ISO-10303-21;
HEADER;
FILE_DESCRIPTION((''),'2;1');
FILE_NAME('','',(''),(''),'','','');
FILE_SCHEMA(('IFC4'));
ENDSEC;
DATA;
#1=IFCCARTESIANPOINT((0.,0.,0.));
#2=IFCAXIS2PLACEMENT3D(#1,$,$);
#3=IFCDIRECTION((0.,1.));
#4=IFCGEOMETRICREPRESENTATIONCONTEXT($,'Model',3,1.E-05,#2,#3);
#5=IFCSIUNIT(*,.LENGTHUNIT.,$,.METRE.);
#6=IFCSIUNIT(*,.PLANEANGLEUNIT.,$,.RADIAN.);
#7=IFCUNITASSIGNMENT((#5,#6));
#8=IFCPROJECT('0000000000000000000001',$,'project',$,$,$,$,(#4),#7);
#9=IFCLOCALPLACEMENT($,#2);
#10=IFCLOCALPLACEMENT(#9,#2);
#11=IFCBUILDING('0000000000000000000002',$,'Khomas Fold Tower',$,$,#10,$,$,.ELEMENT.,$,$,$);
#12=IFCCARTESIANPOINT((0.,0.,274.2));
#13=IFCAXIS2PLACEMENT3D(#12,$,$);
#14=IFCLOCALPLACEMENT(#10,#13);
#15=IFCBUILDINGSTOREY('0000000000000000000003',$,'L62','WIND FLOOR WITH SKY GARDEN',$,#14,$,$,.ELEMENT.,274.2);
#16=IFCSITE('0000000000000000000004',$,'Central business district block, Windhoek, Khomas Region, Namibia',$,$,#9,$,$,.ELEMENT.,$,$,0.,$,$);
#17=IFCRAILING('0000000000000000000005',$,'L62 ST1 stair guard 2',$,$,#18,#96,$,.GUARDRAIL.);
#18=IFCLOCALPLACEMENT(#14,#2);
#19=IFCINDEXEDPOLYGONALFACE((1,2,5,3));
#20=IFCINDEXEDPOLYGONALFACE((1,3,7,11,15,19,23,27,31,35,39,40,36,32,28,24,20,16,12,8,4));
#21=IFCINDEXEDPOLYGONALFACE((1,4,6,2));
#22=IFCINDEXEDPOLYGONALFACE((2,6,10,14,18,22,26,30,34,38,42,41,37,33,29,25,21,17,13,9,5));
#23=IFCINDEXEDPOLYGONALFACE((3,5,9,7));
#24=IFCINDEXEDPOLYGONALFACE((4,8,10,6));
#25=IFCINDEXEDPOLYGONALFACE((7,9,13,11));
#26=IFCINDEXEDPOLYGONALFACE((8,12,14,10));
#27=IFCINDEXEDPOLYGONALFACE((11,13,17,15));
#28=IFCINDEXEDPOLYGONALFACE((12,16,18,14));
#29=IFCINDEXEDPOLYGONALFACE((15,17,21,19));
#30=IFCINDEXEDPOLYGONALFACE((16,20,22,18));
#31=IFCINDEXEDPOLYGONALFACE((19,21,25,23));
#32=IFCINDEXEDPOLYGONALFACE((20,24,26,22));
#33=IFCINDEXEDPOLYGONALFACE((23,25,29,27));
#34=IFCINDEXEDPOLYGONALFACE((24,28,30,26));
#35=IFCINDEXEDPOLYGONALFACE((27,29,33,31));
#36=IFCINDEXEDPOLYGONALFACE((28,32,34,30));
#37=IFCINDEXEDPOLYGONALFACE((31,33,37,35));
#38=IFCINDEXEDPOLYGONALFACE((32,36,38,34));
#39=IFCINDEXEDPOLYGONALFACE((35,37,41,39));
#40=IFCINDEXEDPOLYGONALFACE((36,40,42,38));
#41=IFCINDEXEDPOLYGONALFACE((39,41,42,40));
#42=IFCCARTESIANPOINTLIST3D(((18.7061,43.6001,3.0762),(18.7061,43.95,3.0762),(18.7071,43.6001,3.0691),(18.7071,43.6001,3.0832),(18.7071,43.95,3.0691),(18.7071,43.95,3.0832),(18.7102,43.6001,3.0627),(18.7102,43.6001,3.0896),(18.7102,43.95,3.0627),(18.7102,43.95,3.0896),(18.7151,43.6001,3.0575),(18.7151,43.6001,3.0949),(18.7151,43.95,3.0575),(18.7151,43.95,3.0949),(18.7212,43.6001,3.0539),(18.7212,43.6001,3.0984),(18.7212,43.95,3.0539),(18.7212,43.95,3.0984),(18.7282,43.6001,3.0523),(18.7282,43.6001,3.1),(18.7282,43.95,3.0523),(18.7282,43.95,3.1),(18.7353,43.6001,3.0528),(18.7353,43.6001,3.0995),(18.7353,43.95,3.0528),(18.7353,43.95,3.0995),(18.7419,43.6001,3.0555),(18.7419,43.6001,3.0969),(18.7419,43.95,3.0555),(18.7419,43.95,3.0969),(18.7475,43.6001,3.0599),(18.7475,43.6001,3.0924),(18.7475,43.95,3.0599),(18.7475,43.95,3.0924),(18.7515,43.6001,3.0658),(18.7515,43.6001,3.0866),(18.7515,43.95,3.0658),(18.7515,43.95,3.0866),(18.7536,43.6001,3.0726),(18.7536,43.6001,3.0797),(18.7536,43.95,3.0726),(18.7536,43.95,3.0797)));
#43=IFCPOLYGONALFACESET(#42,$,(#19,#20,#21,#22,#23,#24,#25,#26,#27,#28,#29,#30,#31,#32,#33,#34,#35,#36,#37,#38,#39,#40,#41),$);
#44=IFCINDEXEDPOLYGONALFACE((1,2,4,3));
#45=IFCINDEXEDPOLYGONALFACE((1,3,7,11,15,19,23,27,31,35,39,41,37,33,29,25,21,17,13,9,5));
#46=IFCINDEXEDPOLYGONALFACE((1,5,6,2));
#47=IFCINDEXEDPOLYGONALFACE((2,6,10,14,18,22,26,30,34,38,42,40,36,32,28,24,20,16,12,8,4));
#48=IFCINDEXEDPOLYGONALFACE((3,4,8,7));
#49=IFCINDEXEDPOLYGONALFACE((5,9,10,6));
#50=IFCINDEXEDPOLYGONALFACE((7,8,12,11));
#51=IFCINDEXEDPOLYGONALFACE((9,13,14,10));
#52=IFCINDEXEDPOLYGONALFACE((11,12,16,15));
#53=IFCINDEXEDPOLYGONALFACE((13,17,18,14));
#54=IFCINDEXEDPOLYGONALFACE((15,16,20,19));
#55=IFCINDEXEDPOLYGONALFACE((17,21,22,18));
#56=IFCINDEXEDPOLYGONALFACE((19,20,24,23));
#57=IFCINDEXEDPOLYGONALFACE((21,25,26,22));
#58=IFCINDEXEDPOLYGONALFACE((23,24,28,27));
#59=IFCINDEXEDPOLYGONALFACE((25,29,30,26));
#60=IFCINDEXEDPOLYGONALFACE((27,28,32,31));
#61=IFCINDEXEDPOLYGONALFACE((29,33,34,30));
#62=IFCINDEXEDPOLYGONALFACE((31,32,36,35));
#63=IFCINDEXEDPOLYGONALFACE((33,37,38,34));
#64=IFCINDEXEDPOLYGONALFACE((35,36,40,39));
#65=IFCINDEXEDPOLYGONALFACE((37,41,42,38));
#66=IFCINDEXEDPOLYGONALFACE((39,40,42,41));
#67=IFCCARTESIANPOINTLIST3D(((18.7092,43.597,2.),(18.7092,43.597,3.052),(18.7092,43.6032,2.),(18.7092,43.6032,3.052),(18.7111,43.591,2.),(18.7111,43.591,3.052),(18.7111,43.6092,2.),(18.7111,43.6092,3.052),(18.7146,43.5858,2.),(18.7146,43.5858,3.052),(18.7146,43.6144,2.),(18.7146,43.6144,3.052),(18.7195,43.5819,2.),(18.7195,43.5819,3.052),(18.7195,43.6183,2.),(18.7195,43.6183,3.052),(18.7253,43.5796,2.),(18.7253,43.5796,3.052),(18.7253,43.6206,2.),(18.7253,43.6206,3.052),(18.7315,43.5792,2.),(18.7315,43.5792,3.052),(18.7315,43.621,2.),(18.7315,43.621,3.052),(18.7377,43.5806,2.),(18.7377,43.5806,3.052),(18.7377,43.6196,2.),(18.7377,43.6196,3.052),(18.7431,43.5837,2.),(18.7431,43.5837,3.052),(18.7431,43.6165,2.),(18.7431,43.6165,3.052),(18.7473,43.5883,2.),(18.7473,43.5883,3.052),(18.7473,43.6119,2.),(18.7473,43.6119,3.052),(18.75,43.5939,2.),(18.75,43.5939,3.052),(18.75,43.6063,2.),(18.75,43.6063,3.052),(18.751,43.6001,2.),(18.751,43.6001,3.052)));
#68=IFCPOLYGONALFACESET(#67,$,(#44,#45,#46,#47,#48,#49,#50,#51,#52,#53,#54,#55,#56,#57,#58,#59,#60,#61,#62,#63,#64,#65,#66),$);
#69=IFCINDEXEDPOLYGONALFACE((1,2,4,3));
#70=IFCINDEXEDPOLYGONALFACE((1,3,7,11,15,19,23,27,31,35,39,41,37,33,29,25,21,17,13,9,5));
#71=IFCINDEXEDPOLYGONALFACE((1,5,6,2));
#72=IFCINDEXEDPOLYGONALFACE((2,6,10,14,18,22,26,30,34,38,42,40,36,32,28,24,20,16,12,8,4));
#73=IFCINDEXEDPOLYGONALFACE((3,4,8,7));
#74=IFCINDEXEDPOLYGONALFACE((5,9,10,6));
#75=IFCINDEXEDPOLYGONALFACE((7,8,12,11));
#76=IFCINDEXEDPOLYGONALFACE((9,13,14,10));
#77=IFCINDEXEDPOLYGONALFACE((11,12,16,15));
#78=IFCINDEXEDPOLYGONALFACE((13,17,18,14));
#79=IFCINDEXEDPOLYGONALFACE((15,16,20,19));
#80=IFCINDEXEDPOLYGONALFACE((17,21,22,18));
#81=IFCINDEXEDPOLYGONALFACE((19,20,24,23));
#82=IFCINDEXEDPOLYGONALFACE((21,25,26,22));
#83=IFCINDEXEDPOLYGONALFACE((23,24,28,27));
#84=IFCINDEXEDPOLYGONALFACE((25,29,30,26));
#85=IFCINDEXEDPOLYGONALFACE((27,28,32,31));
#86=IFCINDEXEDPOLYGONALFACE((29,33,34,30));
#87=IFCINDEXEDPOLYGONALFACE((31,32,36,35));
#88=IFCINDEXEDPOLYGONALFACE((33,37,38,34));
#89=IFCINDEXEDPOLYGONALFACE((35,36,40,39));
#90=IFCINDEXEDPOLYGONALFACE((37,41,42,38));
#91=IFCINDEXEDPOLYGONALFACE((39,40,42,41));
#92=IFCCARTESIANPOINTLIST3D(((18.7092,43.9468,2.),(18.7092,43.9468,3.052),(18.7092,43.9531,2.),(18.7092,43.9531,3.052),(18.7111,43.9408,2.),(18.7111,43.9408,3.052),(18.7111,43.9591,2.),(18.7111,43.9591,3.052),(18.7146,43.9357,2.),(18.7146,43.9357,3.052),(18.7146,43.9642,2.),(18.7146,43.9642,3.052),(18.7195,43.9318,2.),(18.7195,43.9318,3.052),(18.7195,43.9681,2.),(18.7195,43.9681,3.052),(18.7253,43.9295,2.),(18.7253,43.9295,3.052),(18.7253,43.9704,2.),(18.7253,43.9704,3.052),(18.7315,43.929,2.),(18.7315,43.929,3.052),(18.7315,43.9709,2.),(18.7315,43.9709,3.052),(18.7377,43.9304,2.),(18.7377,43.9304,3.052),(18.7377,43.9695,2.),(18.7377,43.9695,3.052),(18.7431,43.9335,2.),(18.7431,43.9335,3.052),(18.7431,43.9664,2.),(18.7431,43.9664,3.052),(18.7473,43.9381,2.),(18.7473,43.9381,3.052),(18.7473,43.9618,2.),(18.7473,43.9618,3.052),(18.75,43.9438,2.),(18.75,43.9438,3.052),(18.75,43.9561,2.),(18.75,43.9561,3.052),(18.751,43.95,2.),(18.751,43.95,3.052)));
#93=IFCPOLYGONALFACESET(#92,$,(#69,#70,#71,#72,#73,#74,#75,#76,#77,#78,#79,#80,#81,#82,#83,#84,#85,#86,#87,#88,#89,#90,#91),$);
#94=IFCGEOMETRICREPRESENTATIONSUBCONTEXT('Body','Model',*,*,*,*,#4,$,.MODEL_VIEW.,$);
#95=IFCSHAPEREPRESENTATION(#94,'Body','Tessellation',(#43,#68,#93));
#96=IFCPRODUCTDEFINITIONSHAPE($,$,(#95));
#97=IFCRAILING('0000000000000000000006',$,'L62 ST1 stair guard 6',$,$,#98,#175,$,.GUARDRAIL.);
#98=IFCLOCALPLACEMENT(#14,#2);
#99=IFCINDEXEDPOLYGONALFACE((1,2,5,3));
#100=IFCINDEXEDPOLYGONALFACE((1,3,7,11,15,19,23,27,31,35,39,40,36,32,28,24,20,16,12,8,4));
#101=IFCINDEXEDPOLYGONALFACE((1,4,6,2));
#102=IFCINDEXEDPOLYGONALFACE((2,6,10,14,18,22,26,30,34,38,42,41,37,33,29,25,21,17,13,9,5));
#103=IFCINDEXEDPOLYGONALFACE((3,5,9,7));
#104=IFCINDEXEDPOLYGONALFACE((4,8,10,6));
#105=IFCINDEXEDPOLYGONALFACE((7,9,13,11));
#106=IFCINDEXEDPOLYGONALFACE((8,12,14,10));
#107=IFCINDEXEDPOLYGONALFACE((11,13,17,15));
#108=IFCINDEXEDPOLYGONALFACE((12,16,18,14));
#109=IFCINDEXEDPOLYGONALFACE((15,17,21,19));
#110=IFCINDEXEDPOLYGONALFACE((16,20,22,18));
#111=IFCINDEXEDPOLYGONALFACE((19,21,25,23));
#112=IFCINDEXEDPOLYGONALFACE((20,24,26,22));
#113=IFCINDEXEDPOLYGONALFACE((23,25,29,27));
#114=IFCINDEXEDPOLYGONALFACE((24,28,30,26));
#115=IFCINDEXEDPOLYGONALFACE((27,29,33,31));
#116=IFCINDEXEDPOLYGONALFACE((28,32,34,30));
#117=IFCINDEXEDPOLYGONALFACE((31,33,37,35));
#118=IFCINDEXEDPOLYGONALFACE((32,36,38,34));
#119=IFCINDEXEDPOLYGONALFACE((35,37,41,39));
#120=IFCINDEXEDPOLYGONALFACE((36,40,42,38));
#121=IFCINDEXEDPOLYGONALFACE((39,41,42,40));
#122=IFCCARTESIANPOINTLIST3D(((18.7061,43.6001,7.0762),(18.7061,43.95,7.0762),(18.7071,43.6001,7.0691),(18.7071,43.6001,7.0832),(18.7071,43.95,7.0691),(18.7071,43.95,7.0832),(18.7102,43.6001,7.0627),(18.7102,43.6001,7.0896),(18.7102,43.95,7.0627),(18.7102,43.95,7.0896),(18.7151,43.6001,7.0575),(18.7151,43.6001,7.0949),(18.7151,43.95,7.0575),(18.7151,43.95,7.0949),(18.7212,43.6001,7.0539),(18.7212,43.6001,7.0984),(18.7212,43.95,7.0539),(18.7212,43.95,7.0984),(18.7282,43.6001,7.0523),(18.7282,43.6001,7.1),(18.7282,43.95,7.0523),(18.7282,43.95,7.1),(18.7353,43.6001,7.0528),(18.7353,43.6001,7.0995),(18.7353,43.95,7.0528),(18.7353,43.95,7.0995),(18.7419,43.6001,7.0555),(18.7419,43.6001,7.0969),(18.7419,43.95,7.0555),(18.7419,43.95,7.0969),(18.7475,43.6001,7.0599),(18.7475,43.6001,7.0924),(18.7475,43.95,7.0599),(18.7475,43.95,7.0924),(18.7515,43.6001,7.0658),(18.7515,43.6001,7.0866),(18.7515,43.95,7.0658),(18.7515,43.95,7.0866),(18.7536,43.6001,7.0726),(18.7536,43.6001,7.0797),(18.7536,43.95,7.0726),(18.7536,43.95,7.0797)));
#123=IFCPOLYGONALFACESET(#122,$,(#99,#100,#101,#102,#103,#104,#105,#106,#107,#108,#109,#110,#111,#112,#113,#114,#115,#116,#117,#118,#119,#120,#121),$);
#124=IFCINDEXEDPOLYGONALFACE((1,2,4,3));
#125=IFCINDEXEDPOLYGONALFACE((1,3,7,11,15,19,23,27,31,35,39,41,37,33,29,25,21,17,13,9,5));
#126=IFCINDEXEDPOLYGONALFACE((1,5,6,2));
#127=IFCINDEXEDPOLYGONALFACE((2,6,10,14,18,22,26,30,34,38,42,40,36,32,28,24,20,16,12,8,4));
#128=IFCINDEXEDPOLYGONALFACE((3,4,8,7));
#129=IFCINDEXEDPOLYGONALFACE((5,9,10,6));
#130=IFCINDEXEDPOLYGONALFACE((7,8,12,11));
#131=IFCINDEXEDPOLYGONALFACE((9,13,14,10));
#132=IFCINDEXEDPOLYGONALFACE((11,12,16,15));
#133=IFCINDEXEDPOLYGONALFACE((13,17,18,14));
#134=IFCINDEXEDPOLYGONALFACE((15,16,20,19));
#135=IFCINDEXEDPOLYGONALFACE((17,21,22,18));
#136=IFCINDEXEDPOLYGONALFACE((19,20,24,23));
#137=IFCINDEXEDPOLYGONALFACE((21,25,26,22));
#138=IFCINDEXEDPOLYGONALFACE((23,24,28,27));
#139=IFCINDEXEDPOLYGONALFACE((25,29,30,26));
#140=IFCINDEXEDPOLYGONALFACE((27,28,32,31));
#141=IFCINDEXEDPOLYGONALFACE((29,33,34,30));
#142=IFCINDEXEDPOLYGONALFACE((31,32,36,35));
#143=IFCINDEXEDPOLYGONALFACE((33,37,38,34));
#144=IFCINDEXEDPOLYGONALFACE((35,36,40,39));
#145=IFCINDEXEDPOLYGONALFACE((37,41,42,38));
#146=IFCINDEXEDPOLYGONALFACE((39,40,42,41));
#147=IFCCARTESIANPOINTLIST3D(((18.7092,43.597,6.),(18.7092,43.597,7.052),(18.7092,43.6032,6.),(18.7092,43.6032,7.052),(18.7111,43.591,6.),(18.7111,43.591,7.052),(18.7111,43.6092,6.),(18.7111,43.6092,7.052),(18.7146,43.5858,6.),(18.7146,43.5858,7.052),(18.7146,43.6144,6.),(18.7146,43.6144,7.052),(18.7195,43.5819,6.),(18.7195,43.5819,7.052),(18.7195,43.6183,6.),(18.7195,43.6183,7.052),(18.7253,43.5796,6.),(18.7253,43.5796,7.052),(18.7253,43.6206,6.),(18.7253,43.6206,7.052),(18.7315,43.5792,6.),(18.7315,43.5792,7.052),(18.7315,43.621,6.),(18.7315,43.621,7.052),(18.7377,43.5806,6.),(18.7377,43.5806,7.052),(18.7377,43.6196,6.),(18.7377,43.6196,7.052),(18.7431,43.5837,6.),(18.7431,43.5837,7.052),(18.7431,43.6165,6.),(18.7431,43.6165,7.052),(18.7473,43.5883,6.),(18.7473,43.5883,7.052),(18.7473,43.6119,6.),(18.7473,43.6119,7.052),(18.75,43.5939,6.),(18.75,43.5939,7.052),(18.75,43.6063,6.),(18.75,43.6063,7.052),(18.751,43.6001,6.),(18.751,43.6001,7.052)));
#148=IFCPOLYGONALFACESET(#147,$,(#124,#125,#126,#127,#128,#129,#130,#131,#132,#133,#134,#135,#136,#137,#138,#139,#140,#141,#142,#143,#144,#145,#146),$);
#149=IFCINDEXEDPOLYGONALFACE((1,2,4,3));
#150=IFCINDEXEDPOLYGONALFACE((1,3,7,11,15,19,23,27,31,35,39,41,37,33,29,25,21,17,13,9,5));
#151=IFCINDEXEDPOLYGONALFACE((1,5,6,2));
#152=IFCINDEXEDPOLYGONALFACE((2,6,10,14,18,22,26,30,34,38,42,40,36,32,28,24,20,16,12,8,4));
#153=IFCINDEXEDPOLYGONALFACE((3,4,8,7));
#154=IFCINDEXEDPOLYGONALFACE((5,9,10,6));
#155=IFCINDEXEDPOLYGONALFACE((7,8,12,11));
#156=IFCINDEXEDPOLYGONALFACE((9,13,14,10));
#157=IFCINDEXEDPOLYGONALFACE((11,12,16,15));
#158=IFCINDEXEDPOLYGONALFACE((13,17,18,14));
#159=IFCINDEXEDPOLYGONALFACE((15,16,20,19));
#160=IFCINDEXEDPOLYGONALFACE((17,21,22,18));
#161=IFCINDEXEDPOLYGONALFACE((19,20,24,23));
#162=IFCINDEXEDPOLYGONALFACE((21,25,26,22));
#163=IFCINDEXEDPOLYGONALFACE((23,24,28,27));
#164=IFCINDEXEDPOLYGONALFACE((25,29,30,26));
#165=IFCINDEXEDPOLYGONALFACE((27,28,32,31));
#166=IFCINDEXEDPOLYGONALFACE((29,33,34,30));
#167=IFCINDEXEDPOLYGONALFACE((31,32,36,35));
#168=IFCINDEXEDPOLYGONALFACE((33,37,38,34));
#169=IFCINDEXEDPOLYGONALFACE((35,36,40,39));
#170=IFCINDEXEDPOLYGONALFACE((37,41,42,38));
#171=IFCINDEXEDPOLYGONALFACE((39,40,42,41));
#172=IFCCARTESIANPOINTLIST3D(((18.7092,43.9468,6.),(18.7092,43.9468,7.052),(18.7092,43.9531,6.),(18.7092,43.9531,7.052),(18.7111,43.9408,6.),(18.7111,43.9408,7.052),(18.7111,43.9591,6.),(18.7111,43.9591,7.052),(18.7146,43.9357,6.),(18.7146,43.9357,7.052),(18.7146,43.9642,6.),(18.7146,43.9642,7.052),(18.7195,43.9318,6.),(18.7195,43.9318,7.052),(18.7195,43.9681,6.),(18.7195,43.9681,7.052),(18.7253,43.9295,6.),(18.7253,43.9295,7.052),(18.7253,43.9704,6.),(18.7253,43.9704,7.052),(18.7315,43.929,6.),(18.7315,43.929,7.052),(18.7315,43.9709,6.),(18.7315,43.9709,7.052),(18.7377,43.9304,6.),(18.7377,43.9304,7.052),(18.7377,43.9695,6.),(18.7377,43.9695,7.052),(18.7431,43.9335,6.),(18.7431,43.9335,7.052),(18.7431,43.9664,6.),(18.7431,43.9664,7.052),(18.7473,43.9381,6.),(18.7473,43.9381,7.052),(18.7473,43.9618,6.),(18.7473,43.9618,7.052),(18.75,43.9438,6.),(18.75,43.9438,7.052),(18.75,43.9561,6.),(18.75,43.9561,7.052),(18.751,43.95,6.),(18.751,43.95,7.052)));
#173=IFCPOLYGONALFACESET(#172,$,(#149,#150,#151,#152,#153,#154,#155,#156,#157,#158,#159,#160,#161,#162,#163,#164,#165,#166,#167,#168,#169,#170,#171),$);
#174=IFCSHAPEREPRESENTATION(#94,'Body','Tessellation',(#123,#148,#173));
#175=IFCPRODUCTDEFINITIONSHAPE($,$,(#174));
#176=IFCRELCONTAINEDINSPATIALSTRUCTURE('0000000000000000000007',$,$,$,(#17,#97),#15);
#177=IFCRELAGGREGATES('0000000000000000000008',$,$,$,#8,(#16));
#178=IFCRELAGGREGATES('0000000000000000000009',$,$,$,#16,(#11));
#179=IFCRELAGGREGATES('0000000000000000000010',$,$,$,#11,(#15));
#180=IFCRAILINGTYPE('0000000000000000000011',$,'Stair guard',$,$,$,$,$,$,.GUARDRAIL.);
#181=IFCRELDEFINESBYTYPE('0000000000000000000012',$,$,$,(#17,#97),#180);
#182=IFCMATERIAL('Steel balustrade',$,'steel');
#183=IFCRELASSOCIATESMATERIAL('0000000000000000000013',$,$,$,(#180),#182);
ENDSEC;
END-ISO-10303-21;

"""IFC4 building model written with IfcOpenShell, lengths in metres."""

from ifc_helpers import new_model, si_unit, direction, frame, origin, origin_2d, place, context, subcontext, project, spatial, circle, extrude, source, transform, mapped, material, type_object, element, save


model = new_model("IFC4")

# Units and contexts
model_context = context("Model", 3, precision=1e-05, world=origin(), true_north=direction((0.0, 1.0)))
body_context = subcontext(model_context, "Body", "Model", "MODEL_VIEW")
ifc_project = project(units=[si_unit("LENGTHUNIT", "METRE"), si_unit("PLANEANGLEUNIT", "RADIAN")], contexts=[model_context])

# Site, building, storey
site_placement = place(None, origin())
site = spatial("IfcSite", under=ifc_project, at=site_placement, Name="Central business district block, Windhoek, Khomas Region, Namibia", CompositionType="ELEMENT", RefElevation=0.0)
building_placement = place(site_placement, origin())
building = spatial("IfcBuilding", under=site, at=building_placement, Name="Khomas Fold Tower", CompositionType="ELEMENT")
storey_placement = place(building_placement, frame((0.0, 0.0, 274.2)))
storey = spatial("IfcBuildingStorey", under=building, at=storey_placement, Name="L62", Description="WIND FLOOR WITH SKY GARDEN", CompositionType="ELEMENT", Elevation=274.2)

# Railings
ifc_material_1 = material(Name="Steel balustrade", Category="steel")
railing_type_1 = type_object("IfcRailingType", Name="Stair guard", PredefinedType="GUARDRAIL", material=ifc_material_1)
shared_shape_1 = source(origin(), body_context, "Body", "SweptSolid", [
    extrude(circle(Radius=0.0239, at=origin_2d()), frame((0.0, 0.0, 1.0762), z_axis=(0.0, 1.0, 0.0), x_axis=(-1.0, 0.0, 0.0)), (0.0, 0.0, 1.0), 0.3499),
    extrude(circle(Radius=0.021, at=origin_2d()), origin(), (0.0, 0.0, 1.0), 1.052),
    extrude(circle(Radius=0.021, at=origin_2d()), frame((0.0, 0.3499, 0.0)), (0.0, 0.0, 1.0), 1.052),
])
for number, where, name in (
    (1, (18.73, 43.6001, 2.0), "L62 ST1 stair guard 2"),
    (2, (18.73, 43.6001, 6.0), "L62 ST1 stair guard 6"),
):
    element("IfcRailing", number, at=place(storey_placement, frame(where)), inside=storey, type_object=railing_type_1, Name=name, PredefinedType="GUARDRAIL", context=body_context, shape_type="MappedRepresentation", body=[
        mapped(shared_shape_1, transform((0.0, 0.0, 0.0))),
    ])

save(model, "model.ifc")
